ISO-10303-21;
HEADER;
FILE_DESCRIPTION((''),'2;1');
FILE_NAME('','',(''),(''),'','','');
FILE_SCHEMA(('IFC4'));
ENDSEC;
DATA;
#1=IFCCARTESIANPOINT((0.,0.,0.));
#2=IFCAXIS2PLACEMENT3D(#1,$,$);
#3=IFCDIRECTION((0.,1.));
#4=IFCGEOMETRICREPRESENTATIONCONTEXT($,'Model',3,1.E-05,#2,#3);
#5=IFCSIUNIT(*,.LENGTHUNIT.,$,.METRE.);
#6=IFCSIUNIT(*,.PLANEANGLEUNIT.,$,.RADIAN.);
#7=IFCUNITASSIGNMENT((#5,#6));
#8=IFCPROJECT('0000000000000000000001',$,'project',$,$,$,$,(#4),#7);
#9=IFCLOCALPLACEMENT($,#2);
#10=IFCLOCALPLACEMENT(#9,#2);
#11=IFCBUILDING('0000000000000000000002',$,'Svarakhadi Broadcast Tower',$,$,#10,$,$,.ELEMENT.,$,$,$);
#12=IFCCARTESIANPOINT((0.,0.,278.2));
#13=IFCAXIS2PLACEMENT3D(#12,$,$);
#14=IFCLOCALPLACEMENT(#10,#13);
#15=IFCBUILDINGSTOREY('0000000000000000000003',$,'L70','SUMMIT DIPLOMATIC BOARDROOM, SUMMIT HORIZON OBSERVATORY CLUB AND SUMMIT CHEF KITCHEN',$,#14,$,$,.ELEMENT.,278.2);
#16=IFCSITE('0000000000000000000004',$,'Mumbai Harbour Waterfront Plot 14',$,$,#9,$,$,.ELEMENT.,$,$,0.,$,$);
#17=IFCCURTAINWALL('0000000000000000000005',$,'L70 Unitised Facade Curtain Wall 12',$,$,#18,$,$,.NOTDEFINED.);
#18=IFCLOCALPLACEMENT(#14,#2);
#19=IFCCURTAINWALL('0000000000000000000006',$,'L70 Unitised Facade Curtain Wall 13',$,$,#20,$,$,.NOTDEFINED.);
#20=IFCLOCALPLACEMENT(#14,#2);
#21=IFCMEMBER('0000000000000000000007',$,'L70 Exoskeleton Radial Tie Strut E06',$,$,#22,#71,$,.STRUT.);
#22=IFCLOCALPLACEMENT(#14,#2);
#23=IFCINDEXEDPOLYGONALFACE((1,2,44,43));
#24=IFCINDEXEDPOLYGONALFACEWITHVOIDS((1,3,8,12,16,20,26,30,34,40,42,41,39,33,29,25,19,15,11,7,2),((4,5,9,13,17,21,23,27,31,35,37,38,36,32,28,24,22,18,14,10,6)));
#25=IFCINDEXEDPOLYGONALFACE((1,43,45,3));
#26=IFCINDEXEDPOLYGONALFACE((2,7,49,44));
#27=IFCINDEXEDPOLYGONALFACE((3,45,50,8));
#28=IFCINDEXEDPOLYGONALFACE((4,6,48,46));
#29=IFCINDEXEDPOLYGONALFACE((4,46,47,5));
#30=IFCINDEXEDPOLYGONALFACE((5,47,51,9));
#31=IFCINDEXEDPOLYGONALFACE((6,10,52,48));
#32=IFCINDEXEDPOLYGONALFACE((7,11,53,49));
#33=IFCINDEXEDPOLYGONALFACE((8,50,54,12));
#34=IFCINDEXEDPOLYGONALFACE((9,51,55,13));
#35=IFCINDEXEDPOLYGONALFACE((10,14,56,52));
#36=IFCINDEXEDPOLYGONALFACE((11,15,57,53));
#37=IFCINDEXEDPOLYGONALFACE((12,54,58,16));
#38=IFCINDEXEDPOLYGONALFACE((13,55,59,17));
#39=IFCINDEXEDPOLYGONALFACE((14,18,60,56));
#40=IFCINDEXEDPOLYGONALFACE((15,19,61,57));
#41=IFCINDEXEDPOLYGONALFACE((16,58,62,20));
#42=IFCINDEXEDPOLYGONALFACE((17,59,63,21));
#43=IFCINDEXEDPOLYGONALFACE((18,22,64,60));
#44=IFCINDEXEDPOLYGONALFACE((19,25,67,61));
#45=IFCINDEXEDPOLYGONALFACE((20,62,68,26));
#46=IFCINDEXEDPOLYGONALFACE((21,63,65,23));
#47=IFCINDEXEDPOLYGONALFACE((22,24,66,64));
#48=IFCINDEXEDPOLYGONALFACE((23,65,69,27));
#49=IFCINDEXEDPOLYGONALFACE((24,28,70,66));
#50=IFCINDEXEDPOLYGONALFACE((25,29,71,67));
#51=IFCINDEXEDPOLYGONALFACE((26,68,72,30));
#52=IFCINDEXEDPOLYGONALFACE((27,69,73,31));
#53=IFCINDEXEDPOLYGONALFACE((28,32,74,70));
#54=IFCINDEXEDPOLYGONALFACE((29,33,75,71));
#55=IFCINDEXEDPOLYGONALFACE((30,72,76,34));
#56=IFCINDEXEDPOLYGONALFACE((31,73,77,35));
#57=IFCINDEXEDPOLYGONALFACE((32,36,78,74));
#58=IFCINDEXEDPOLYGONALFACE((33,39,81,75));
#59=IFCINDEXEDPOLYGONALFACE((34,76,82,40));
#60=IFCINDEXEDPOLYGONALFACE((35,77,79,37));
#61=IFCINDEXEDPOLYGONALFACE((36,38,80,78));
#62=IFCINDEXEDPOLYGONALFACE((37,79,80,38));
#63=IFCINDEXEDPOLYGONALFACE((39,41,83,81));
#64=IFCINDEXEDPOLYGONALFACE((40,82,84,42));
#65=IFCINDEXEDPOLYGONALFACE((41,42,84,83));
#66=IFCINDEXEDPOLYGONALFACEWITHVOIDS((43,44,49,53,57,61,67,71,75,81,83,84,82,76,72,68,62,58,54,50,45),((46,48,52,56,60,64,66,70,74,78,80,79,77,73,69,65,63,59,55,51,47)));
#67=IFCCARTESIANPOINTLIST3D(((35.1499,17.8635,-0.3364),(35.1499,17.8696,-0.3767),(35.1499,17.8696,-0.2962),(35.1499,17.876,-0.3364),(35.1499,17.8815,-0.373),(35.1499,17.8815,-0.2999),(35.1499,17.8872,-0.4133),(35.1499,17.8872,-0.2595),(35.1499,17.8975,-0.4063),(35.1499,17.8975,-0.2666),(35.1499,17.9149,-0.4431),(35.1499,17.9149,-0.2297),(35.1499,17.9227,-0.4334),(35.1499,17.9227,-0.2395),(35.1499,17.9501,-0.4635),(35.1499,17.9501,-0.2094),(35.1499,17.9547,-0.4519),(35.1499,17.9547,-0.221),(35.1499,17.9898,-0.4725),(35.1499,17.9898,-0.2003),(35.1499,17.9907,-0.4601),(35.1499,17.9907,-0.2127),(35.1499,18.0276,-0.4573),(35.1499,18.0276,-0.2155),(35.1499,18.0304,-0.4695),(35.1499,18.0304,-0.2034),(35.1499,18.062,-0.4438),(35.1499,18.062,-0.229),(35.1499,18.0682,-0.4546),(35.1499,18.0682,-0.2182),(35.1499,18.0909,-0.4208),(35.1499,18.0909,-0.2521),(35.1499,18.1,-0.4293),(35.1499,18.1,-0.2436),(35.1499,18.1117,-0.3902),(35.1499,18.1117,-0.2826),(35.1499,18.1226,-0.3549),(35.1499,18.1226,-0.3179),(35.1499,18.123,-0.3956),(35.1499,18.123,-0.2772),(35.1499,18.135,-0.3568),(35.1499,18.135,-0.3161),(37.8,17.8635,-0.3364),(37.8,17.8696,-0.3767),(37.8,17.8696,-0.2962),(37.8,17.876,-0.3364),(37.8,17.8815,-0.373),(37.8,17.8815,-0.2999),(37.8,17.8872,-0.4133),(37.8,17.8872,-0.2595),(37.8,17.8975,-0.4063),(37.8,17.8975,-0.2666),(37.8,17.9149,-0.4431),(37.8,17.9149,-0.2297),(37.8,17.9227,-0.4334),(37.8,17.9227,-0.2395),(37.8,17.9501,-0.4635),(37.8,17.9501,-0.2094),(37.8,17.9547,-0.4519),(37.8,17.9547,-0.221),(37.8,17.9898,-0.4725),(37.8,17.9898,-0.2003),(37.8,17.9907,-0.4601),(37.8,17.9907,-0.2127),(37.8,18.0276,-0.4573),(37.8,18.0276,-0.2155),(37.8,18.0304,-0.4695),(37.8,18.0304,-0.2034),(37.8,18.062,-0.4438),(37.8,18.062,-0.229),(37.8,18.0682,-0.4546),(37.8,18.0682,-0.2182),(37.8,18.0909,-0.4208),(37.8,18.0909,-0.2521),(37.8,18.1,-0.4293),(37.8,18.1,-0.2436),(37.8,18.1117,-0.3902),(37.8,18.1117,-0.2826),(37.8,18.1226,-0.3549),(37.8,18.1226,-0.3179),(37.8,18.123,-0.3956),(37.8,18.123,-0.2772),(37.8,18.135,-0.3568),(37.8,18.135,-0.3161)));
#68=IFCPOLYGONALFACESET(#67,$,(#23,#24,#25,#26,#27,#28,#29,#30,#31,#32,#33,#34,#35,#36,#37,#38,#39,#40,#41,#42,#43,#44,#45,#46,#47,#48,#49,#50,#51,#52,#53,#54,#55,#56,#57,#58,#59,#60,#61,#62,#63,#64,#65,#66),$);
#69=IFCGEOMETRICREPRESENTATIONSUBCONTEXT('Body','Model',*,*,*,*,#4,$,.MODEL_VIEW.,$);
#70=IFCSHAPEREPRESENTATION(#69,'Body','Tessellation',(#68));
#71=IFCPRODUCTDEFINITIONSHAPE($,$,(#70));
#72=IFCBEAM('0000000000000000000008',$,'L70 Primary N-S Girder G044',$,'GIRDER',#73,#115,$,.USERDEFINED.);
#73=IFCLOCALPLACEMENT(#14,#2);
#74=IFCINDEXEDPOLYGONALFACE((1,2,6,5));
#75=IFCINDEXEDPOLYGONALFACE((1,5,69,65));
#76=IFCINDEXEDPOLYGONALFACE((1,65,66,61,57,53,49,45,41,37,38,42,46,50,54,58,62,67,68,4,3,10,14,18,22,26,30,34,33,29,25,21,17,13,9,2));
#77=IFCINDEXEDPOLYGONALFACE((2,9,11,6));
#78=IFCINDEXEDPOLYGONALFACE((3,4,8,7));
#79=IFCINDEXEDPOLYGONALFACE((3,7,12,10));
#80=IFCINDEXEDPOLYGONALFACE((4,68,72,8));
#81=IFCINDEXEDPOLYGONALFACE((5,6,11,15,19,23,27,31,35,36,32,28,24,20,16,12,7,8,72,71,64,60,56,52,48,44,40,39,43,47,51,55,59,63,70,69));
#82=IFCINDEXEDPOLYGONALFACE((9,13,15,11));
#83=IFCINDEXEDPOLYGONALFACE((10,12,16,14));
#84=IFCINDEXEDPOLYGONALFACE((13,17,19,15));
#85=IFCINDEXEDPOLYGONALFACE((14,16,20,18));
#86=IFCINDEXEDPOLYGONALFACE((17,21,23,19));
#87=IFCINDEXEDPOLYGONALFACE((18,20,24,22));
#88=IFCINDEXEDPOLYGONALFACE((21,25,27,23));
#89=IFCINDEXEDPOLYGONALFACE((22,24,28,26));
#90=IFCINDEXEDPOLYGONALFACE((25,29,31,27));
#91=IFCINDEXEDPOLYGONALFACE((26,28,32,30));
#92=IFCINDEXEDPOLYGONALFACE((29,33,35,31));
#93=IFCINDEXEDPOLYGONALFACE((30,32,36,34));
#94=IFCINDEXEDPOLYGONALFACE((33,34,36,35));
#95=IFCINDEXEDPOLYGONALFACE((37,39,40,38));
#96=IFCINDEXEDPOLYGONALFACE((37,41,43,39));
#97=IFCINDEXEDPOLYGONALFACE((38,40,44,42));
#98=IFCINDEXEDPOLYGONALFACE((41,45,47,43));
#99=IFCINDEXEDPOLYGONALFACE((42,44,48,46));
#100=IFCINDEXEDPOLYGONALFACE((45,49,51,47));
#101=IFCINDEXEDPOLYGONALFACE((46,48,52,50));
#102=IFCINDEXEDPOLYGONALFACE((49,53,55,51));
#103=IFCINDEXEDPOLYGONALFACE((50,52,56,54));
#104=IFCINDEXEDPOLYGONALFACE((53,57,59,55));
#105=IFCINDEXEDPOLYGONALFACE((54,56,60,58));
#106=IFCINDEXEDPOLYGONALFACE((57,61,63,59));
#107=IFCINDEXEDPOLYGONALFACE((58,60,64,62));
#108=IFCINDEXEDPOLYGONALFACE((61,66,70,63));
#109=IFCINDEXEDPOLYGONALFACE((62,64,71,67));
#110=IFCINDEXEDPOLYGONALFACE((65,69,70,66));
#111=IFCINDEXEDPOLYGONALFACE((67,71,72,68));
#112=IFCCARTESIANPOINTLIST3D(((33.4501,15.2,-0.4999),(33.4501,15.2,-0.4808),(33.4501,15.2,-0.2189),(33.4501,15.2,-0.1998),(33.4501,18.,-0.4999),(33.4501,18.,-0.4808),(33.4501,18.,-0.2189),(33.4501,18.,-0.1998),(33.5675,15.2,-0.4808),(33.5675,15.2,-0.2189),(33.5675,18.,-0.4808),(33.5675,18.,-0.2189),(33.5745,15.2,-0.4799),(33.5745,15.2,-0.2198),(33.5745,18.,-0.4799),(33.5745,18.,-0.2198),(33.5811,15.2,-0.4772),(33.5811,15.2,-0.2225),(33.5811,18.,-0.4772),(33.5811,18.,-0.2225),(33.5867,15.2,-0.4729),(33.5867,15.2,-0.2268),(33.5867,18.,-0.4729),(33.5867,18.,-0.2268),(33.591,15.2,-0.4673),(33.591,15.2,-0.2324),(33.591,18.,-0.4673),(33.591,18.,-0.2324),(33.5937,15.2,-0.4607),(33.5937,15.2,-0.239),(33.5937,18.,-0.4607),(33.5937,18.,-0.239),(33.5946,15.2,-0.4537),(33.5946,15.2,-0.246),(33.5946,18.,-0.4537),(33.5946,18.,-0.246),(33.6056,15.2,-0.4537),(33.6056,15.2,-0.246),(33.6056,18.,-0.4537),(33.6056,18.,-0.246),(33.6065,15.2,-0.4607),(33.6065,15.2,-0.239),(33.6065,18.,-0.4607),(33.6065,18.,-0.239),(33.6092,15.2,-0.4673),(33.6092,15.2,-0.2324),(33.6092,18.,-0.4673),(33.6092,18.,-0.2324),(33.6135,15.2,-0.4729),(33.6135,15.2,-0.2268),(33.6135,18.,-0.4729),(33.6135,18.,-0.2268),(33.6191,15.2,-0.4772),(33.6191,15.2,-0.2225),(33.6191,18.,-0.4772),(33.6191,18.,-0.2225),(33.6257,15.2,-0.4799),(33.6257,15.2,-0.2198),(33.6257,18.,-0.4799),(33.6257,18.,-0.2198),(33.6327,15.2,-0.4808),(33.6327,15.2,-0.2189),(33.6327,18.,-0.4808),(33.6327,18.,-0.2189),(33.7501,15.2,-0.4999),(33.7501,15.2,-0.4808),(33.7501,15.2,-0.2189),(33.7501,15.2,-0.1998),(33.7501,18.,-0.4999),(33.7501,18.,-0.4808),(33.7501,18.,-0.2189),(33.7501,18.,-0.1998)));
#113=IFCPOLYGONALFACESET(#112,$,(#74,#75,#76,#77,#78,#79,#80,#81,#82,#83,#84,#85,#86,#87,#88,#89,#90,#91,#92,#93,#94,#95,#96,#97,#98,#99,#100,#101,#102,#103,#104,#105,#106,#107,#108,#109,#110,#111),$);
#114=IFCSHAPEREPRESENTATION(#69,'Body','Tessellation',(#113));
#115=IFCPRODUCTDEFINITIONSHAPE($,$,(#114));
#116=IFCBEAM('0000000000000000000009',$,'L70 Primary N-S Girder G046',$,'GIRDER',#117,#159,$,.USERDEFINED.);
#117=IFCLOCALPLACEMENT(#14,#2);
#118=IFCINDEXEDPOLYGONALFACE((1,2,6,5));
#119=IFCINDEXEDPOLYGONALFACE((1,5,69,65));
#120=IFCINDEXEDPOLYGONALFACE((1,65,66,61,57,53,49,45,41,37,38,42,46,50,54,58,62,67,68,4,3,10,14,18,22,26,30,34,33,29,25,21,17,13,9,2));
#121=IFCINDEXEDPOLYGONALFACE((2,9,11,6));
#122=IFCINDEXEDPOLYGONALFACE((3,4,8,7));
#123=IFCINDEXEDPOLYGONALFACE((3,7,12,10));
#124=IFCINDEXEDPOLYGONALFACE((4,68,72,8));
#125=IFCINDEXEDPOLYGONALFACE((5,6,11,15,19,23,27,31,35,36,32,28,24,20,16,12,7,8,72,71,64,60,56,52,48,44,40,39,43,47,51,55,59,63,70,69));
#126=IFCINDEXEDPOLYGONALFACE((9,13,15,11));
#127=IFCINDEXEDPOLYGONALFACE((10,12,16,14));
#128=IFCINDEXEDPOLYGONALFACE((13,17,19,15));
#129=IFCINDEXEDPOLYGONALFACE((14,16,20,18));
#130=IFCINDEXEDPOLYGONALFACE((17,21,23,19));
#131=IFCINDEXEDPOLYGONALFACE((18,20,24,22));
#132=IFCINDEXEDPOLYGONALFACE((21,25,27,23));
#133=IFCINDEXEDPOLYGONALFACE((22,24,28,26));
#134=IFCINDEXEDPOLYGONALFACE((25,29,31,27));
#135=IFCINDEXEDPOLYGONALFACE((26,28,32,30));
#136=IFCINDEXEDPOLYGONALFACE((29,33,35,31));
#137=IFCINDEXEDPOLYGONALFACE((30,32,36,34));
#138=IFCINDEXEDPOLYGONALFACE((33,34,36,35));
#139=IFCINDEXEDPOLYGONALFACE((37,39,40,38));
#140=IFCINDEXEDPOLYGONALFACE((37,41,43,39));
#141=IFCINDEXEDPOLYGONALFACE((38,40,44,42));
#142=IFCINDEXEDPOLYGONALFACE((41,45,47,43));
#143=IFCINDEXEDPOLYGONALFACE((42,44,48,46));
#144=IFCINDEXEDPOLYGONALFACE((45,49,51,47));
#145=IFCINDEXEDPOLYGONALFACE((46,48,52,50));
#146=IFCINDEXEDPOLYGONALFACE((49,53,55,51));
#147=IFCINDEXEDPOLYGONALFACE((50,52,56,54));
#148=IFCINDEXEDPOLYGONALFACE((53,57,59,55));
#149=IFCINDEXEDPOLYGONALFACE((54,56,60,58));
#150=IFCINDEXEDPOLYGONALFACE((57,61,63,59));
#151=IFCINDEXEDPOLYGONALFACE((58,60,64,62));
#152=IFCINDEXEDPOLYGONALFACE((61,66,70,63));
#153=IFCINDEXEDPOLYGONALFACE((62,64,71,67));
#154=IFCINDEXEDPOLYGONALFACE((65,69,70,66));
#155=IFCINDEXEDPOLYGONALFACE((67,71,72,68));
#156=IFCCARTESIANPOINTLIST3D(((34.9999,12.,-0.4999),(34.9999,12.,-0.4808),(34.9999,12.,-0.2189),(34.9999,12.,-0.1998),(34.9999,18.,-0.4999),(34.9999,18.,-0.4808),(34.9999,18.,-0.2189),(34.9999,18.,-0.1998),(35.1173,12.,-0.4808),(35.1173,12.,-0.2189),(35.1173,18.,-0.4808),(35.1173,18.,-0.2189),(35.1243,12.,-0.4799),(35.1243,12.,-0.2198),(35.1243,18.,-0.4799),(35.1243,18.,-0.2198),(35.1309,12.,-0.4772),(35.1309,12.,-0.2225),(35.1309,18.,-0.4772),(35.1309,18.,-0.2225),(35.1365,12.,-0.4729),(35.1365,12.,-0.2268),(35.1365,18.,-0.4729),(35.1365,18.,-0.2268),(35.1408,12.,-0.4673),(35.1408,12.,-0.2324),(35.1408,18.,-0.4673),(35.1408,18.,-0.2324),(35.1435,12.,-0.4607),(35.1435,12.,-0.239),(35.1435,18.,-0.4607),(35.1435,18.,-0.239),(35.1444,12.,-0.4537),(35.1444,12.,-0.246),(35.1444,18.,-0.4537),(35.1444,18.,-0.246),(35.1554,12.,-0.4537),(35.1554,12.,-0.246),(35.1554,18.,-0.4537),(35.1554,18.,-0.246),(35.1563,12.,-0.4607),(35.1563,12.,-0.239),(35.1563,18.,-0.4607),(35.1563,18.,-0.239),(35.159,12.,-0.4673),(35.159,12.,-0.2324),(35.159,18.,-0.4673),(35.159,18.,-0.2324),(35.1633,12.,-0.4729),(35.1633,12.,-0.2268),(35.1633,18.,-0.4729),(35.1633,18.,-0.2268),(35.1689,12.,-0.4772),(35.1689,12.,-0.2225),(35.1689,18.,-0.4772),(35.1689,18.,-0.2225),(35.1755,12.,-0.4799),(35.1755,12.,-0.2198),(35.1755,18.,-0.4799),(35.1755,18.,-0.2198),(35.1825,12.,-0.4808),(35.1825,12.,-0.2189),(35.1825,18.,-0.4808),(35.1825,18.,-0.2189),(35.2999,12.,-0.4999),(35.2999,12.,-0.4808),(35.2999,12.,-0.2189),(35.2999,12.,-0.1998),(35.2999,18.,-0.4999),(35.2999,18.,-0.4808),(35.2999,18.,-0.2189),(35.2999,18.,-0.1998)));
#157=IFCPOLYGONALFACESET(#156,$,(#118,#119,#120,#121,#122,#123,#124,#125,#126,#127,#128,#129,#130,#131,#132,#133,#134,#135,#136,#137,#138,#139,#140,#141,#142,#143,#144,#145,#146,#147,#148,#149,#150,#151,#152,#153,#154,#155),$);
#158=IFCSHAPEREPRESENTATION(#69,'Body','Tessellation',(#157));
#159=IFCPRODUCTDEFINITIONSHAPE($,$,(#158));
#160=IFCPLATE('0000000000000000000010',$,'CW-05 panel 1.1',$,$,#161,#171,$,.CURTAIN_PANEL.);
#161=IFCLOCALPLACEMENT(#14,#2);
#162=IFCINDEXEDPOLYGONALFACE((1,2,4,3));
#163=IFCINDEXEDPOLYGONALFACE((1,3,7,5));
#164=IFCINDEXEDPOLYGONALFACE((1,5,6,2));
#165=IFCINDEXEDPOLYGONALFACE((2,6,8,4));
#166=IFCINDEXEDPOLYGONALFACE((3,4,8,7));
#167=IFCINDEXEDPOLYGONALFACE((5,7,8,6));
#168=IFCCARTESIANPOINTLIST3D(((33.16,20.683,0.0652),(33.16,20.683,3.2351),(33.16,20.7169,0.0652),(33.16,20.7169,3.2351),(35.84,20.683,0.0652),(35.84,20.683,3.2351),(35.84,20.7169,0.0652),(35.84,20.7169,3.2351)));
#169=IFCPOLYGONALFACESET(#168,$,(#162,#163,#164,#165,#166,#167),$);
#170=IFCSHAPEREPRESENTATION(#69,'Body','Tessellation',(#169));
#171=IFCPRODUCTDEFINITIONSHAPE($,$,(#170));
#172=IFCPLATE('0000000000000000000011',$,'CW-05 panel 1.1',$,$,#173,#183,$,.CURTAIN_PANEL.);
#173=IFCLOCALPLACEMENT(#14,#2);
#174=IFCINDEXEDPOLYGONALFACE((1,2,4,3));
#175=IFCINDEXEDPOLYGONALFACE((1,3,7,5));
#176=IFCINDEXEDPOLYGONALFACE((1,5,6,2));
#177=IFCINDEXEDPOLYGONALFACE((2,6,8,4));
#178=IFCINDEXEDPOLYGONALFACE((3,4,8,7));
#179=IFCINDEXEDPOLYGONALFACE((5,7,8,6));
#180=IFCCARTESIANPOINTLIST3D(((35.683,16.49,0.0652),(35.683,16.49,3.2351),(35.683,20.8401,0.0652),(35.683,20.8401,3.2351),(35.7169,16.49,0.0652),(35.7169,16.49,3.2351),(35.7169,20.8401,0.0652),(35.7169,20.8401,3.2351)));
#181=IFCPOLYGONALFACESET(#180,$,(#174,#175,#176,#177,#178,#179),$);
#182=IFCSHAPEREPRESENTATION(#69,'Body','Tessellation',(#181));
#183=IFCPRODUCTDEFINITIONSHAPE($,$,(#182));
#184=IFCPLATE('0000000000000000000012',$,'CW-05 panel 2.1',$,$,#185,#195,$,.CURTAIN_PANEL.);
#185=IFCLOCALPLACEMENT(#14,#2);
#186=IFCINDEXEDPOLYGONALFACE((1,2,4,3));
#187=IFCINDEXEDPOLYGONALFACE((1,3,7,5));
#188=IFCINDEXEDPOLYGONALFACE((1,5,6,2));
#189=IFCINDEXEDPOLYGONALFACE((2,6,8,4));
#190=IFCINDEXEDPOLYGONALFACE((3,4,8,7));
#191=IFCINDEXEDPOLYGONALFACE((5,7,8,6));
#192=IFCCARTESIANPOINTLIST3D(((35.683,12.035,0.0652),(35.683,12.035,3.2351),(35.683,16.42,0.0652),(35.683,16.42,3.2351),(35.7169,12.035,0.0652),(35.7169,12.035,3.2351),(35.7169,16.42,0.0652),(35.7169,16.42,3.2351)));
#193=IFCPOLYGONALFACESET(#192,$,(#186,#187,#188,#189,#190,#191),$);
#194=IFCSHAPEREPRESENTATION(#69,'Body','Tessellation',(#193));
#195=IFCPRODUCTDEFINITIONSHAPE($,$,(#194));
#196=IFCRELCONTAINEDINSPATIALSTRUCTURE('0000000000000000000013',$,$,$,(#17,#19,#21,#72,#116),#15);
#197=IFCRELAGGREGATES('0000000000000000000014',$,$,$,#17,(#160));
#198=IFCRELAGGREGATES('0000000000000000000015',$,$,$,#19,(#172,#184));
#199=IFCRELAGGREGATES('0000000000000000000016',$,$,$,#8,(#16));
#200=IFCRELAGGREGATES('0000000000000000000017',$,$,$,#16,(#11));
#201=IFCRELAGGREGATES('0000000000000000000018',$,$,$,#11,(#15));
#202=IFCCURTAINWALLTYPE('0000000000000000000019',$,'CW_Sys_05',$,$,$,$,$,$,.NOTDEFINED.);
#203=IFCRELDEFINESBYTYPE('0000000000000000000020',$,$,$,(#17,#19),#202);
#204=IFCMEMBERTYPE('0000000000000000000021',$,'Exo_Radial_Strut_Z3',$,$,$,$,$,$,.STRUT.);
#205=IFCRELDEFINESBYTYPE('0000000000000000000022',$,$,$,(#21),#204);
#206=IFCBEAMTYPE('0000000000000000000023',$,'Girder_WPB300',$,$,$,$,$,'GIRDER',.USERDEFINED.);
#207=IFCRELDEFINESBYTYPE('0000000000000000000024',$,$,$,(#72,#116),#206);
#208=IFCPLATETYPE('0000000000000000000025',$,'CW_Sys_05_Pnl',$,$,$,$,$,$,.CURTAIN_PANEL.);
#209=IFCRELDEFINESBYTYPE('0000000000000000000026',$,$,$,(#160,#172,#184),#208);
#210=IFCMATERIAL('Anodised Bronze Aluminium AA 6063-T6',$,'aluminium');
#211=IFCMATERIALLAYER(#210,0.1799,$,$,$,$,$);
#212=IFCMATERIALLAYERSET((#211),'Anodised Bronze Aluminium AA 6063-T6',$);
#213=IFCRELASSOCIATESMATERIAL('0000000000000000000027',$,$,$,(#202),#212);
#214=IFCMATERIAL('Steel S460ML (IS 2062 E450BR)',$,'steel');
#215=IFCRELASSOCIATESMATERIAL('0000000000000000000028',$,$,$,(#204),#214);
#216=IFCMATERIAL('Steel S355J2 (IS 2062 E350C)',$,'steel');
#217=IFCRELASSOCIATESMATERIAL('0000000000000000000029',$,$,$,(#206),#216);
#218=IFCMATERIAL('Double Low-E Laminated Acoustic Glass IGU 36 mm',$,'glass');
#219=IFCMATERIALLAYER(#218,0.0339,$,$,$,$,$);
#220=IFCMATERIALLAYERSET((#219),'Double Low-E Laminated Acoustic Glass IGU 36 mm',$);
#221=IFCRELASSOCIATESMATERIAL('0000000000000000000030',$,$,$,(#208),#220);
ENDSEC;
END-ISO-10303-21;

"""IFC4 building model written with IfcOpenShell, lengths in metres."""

from ifc_helpers import new_model, si_unit, direction, frame, origin, origin_2d, place, context, subcontext, project, spatial, rectangle, hollow_circle, i_section, extrude, material, layer, layer_set, material_profile, profile_set, type_object, element, aggregate, save


model = new_model("IFC4")

# Units and contexts
model_context = context("Model", 3, precision=1e-05, world=origin(), true_north=direction((0.0, 1.0)))
body_context = subcontext(model_context, "Body", "Model", "MODEL_VIEW")
ifc_project = project(units=[si_unit("LENGTHUNIT", "METRE"), si_unit("PLANEANGLEUNIT", "RADIAN")], contexts=[model_context])

# Site, building, storey
site_placement = place(None, origin())
site = spatial("IfcSite", under=ifc_project, at=site_placement, Name="Mumbai Harbour Waterfront Plot 14", CompositionType="ELEMENT", RefElevation=0.0)
building_placement = place(site_placement, origin())
building = spatial("IfcBuilding", under=site, at=building_placement, Name="Svarakhadi Broadcast Tower", CompositionType="ELEMENT")
storey_placement = place(building_placement, frame((0.0, 0.0, 278.2)))
storey = spatial("IfcBuildingStorey", under=building, at=storey_placement, Name="L70", Description="SUMMIT DIPLOMATIC BOARDROOM, SUMMIT HORIZON OBSERVATORY CLUB AND SUMMIT CHEF KITCHEN", CompositionType="ELEMENT", Elevation=278.2)

# Shared definitions
ifc_material_1 = material(Name="Steel S460ML (IS 2062 E450BR)", Category="steel")

# Curtain wall
ifc_material_2 = material(Name="Anodised Bronze Aluminium AA 6063-T6", Category="aluminium")
ifc_layer_1 = layer(ifc_material_2, 0.1799)
ifc_layer_set_1 = layer_set([ifc_layer_1], Name="Anodised Bronze Aluminium AA 6063-T6")
curtain_wall_type = type_object("IfcCurtainWallType", Name="CW_Sys_05", PredefinedType="NOTDEFINED", material=ifc_layer_set_1)
curtain_wall_1_placement = place(storey_placement, origin())
curtain_wall_1 = element("IfcCurtainWall", 1, at=curtain_wall_1_placement, inside=storey, type_object=curtain_wall_type, Name="L70 Unitised Facade Curtain Wall 12", PredefinedType="NOTDEFINED")

# Curtain wall
curtain_wall_2_placement = place(storey_placement, origin())
curtain_wall_2 = element("IfcCurtainWall", 2, at=curtain_wall_2_placement, inside=storey, type_object=curtain_wall_type, Name="L70 Unitised Facade Curtain Wall 13", PredefinedType="NOTDEFINED")

# Member
ifc_material_profile_1 = material_profile(ifc_material_1, hollow_circle(Radius=0.1365, WallThickness=0.0125, at=origin_2d()), Name="CHS 273x12.5")
ifc_profile_set_1 = profile_set([ifc_material_profile_1], Name="Steel S460ML (IS 2062 E450BR)")
member_type_1 = type_object("IfcMemberType", Name="Exo_Radial_Strut_Z3", PredefinedType="STRUT", material=ifc_profile_set_1)
member_1_placement = place(storey_placement, frame((37.8, 18.0, -0.3364), z_axis=(-1.0, 0.0, 0.0), x_axis=(0.0, -1.0, 0.0)))
element("IfcMember", 3, at=member_1_placement, inside=storey, type_object=member_type_1, Name="L70 Exoskeleton Radial Tie Strut E06", PredefinedType="STRUT", context=body_context, shape_type="SweptSolid", body=[
    extrude(hollow_circle(Radius=0.1365, WallThickness=0.0125, at=origin_2d()), origin(), (0.0, 0.0, 1.0), 2.6501),
])

# Beams
ifc_material_3 = material(Name="Steel S355J2 (IS 2062 E350C)", Category="steel")
ifc_material_profile_2 = material_profile(ifc_material_3, i_section(OverallWidth=0.3, OverallDepth=0.3, WebThickness=0.011, FlangeThickness=0.019, FilletRadius=0.0271, at=origin_2d()), Name="WPB 300x300x117")
ifc_profile_set_2 = profile_set([ifc_material_profile_2], Name="Steel S355J2 (IS 2062 E350C)")
beam_type = type_object("IfcBeamType", Name="Girder_WPB300", ElementType="GIRDER", PredefinedType="USERDEFINED", material=ifc_profile_set_2)
beam_1_placement = place(storey_placement, frame((33.6001, 15.2, -0.3499), z_axis=(0.0, 1.0, 0.0), x_axis=(-1.0, 0.0, 0.0)))
element("IfcBeam", 4, at=beam_1_placement, inside=storey, type_object=beam_type, Name="L70 Primary N-S Girder G044", ObjectType="GIRDER", PredefinedType="USERDEFINED", context=body_context, shape_type="SweptSolid", body=[
    extrude(i_section(OverallWidth=0.3, OverallDepth=0.3, WebThickness=0.011, FlangeThickness=0.019, FilletRadius=0.0271, at=origin_2d()), origin(), (0.0, 0.0, 1.0), 2.8),
])
beam_2_placement = place(storey_placement, frame((35.1499, 12.0, -0.3499), z_axis=(0.0, 1.0, 0.0), x_axis=(-1.0, 0.0, 0.0)))
element("IfcBeam", 5, at=beam_2_placement, inside=storey, type_object=beam_type, Name="L70 Primary N-S Girder G046", ObjectType="GIRDER", PredefinedType="USERDEFINED", context=body_context, shape_type="SweptSolid", body=[
    extrude(i_section(OverallWidth=0.3, OverallDepth=0.3, WebThickness=0.011, FlangeThickness=0.019, FilletRadius=0.0271, at=origin_2d()), origin(), (0.0, 0.0, 1.0), 6.0),
])

# Plates
ifc_material_4 = material(Name="Double Low-E Laminated Acoustic Glass IGU 36 mm", Category="glass")
ifc_layer_2 = layer(ifc_material_4, 0.0339)
ifc_layer_set_2 = layer_set([ifc_layer_2], Name="Double Low-E Laminated Acoustic Glass IGU 36 mm")
plate_type_1 = type_object("IfcPlateType", Name="CW_Sys_05_Pnl", PredefinedType="CURTAIN_PANEL", material=ifc_layer_set_2)
plate_1_placement = place(storey_placement, frame((34.5, 20.7, 0.0652), z_axis=(0.0, 0.0, 1.0), x_axis=(1.0, 0.0, 0.0)))
plate_1 = element("IfcPlate", 6, at=plate_1_placement, type_object=plate_type_1, Name="CW-05 panel 1.1", PredefinedType="CURTAIN_PANEL", context=body_context, shape_type="SweptSolid", body=[
    extrude(rectangle(XDim=2.6799, YDim=0.0339, at=origin_2d()), origin(), (0.0, 0.0, 1.0), 3.1699),
])
aggregate(curtain_wall_1, [plate_1])
plate_2_placement = place(storey_placement, frame((35.7, 18.665, 0.0652), z_axis=(0.0, 0.0, 1.0), x_axis=(0.0, -1.0, 0.0)))
plate_2 = element("IfcPlate", 7, at=plate_2_placement, type_object=plate_type_1, Name="CW-05 panel 1.1", PredefinedType="CURTAIN_PANEL", context=body_context, shape_type="SweptSolid", body=[
    extrude(rectangle(XDim=4.3501, YDim=0.0339, at=origin_2d()), origin(), (0.0, 0.0, 1.0), 3.1699),
])
plate_3_placement = place(storey_placement, frame((35.7, 14.2275, 0.0652), z_axis=(0.0, 0.0, 1.0), x_axis=(0.0, -1.0, 0.0)))
plate_3 = element("IfcPlate", 8, at=plate_3_placement, type_object=plate_type_1, Name="CW-05 panel 2.1", PredefinedType="CURTAIN_PANEL", context=body_context, shape_type="SweptSolid", body=[
    extrude(rectangle(XDim=4.385, YDim=0.0339, at=origin_2d()), origin(), (0.0, 0.0, 1.0), 3.1699),
])
aggregate(curtain_wall_2, [plate_2, plate_3])

save(model, "model.ifc")
